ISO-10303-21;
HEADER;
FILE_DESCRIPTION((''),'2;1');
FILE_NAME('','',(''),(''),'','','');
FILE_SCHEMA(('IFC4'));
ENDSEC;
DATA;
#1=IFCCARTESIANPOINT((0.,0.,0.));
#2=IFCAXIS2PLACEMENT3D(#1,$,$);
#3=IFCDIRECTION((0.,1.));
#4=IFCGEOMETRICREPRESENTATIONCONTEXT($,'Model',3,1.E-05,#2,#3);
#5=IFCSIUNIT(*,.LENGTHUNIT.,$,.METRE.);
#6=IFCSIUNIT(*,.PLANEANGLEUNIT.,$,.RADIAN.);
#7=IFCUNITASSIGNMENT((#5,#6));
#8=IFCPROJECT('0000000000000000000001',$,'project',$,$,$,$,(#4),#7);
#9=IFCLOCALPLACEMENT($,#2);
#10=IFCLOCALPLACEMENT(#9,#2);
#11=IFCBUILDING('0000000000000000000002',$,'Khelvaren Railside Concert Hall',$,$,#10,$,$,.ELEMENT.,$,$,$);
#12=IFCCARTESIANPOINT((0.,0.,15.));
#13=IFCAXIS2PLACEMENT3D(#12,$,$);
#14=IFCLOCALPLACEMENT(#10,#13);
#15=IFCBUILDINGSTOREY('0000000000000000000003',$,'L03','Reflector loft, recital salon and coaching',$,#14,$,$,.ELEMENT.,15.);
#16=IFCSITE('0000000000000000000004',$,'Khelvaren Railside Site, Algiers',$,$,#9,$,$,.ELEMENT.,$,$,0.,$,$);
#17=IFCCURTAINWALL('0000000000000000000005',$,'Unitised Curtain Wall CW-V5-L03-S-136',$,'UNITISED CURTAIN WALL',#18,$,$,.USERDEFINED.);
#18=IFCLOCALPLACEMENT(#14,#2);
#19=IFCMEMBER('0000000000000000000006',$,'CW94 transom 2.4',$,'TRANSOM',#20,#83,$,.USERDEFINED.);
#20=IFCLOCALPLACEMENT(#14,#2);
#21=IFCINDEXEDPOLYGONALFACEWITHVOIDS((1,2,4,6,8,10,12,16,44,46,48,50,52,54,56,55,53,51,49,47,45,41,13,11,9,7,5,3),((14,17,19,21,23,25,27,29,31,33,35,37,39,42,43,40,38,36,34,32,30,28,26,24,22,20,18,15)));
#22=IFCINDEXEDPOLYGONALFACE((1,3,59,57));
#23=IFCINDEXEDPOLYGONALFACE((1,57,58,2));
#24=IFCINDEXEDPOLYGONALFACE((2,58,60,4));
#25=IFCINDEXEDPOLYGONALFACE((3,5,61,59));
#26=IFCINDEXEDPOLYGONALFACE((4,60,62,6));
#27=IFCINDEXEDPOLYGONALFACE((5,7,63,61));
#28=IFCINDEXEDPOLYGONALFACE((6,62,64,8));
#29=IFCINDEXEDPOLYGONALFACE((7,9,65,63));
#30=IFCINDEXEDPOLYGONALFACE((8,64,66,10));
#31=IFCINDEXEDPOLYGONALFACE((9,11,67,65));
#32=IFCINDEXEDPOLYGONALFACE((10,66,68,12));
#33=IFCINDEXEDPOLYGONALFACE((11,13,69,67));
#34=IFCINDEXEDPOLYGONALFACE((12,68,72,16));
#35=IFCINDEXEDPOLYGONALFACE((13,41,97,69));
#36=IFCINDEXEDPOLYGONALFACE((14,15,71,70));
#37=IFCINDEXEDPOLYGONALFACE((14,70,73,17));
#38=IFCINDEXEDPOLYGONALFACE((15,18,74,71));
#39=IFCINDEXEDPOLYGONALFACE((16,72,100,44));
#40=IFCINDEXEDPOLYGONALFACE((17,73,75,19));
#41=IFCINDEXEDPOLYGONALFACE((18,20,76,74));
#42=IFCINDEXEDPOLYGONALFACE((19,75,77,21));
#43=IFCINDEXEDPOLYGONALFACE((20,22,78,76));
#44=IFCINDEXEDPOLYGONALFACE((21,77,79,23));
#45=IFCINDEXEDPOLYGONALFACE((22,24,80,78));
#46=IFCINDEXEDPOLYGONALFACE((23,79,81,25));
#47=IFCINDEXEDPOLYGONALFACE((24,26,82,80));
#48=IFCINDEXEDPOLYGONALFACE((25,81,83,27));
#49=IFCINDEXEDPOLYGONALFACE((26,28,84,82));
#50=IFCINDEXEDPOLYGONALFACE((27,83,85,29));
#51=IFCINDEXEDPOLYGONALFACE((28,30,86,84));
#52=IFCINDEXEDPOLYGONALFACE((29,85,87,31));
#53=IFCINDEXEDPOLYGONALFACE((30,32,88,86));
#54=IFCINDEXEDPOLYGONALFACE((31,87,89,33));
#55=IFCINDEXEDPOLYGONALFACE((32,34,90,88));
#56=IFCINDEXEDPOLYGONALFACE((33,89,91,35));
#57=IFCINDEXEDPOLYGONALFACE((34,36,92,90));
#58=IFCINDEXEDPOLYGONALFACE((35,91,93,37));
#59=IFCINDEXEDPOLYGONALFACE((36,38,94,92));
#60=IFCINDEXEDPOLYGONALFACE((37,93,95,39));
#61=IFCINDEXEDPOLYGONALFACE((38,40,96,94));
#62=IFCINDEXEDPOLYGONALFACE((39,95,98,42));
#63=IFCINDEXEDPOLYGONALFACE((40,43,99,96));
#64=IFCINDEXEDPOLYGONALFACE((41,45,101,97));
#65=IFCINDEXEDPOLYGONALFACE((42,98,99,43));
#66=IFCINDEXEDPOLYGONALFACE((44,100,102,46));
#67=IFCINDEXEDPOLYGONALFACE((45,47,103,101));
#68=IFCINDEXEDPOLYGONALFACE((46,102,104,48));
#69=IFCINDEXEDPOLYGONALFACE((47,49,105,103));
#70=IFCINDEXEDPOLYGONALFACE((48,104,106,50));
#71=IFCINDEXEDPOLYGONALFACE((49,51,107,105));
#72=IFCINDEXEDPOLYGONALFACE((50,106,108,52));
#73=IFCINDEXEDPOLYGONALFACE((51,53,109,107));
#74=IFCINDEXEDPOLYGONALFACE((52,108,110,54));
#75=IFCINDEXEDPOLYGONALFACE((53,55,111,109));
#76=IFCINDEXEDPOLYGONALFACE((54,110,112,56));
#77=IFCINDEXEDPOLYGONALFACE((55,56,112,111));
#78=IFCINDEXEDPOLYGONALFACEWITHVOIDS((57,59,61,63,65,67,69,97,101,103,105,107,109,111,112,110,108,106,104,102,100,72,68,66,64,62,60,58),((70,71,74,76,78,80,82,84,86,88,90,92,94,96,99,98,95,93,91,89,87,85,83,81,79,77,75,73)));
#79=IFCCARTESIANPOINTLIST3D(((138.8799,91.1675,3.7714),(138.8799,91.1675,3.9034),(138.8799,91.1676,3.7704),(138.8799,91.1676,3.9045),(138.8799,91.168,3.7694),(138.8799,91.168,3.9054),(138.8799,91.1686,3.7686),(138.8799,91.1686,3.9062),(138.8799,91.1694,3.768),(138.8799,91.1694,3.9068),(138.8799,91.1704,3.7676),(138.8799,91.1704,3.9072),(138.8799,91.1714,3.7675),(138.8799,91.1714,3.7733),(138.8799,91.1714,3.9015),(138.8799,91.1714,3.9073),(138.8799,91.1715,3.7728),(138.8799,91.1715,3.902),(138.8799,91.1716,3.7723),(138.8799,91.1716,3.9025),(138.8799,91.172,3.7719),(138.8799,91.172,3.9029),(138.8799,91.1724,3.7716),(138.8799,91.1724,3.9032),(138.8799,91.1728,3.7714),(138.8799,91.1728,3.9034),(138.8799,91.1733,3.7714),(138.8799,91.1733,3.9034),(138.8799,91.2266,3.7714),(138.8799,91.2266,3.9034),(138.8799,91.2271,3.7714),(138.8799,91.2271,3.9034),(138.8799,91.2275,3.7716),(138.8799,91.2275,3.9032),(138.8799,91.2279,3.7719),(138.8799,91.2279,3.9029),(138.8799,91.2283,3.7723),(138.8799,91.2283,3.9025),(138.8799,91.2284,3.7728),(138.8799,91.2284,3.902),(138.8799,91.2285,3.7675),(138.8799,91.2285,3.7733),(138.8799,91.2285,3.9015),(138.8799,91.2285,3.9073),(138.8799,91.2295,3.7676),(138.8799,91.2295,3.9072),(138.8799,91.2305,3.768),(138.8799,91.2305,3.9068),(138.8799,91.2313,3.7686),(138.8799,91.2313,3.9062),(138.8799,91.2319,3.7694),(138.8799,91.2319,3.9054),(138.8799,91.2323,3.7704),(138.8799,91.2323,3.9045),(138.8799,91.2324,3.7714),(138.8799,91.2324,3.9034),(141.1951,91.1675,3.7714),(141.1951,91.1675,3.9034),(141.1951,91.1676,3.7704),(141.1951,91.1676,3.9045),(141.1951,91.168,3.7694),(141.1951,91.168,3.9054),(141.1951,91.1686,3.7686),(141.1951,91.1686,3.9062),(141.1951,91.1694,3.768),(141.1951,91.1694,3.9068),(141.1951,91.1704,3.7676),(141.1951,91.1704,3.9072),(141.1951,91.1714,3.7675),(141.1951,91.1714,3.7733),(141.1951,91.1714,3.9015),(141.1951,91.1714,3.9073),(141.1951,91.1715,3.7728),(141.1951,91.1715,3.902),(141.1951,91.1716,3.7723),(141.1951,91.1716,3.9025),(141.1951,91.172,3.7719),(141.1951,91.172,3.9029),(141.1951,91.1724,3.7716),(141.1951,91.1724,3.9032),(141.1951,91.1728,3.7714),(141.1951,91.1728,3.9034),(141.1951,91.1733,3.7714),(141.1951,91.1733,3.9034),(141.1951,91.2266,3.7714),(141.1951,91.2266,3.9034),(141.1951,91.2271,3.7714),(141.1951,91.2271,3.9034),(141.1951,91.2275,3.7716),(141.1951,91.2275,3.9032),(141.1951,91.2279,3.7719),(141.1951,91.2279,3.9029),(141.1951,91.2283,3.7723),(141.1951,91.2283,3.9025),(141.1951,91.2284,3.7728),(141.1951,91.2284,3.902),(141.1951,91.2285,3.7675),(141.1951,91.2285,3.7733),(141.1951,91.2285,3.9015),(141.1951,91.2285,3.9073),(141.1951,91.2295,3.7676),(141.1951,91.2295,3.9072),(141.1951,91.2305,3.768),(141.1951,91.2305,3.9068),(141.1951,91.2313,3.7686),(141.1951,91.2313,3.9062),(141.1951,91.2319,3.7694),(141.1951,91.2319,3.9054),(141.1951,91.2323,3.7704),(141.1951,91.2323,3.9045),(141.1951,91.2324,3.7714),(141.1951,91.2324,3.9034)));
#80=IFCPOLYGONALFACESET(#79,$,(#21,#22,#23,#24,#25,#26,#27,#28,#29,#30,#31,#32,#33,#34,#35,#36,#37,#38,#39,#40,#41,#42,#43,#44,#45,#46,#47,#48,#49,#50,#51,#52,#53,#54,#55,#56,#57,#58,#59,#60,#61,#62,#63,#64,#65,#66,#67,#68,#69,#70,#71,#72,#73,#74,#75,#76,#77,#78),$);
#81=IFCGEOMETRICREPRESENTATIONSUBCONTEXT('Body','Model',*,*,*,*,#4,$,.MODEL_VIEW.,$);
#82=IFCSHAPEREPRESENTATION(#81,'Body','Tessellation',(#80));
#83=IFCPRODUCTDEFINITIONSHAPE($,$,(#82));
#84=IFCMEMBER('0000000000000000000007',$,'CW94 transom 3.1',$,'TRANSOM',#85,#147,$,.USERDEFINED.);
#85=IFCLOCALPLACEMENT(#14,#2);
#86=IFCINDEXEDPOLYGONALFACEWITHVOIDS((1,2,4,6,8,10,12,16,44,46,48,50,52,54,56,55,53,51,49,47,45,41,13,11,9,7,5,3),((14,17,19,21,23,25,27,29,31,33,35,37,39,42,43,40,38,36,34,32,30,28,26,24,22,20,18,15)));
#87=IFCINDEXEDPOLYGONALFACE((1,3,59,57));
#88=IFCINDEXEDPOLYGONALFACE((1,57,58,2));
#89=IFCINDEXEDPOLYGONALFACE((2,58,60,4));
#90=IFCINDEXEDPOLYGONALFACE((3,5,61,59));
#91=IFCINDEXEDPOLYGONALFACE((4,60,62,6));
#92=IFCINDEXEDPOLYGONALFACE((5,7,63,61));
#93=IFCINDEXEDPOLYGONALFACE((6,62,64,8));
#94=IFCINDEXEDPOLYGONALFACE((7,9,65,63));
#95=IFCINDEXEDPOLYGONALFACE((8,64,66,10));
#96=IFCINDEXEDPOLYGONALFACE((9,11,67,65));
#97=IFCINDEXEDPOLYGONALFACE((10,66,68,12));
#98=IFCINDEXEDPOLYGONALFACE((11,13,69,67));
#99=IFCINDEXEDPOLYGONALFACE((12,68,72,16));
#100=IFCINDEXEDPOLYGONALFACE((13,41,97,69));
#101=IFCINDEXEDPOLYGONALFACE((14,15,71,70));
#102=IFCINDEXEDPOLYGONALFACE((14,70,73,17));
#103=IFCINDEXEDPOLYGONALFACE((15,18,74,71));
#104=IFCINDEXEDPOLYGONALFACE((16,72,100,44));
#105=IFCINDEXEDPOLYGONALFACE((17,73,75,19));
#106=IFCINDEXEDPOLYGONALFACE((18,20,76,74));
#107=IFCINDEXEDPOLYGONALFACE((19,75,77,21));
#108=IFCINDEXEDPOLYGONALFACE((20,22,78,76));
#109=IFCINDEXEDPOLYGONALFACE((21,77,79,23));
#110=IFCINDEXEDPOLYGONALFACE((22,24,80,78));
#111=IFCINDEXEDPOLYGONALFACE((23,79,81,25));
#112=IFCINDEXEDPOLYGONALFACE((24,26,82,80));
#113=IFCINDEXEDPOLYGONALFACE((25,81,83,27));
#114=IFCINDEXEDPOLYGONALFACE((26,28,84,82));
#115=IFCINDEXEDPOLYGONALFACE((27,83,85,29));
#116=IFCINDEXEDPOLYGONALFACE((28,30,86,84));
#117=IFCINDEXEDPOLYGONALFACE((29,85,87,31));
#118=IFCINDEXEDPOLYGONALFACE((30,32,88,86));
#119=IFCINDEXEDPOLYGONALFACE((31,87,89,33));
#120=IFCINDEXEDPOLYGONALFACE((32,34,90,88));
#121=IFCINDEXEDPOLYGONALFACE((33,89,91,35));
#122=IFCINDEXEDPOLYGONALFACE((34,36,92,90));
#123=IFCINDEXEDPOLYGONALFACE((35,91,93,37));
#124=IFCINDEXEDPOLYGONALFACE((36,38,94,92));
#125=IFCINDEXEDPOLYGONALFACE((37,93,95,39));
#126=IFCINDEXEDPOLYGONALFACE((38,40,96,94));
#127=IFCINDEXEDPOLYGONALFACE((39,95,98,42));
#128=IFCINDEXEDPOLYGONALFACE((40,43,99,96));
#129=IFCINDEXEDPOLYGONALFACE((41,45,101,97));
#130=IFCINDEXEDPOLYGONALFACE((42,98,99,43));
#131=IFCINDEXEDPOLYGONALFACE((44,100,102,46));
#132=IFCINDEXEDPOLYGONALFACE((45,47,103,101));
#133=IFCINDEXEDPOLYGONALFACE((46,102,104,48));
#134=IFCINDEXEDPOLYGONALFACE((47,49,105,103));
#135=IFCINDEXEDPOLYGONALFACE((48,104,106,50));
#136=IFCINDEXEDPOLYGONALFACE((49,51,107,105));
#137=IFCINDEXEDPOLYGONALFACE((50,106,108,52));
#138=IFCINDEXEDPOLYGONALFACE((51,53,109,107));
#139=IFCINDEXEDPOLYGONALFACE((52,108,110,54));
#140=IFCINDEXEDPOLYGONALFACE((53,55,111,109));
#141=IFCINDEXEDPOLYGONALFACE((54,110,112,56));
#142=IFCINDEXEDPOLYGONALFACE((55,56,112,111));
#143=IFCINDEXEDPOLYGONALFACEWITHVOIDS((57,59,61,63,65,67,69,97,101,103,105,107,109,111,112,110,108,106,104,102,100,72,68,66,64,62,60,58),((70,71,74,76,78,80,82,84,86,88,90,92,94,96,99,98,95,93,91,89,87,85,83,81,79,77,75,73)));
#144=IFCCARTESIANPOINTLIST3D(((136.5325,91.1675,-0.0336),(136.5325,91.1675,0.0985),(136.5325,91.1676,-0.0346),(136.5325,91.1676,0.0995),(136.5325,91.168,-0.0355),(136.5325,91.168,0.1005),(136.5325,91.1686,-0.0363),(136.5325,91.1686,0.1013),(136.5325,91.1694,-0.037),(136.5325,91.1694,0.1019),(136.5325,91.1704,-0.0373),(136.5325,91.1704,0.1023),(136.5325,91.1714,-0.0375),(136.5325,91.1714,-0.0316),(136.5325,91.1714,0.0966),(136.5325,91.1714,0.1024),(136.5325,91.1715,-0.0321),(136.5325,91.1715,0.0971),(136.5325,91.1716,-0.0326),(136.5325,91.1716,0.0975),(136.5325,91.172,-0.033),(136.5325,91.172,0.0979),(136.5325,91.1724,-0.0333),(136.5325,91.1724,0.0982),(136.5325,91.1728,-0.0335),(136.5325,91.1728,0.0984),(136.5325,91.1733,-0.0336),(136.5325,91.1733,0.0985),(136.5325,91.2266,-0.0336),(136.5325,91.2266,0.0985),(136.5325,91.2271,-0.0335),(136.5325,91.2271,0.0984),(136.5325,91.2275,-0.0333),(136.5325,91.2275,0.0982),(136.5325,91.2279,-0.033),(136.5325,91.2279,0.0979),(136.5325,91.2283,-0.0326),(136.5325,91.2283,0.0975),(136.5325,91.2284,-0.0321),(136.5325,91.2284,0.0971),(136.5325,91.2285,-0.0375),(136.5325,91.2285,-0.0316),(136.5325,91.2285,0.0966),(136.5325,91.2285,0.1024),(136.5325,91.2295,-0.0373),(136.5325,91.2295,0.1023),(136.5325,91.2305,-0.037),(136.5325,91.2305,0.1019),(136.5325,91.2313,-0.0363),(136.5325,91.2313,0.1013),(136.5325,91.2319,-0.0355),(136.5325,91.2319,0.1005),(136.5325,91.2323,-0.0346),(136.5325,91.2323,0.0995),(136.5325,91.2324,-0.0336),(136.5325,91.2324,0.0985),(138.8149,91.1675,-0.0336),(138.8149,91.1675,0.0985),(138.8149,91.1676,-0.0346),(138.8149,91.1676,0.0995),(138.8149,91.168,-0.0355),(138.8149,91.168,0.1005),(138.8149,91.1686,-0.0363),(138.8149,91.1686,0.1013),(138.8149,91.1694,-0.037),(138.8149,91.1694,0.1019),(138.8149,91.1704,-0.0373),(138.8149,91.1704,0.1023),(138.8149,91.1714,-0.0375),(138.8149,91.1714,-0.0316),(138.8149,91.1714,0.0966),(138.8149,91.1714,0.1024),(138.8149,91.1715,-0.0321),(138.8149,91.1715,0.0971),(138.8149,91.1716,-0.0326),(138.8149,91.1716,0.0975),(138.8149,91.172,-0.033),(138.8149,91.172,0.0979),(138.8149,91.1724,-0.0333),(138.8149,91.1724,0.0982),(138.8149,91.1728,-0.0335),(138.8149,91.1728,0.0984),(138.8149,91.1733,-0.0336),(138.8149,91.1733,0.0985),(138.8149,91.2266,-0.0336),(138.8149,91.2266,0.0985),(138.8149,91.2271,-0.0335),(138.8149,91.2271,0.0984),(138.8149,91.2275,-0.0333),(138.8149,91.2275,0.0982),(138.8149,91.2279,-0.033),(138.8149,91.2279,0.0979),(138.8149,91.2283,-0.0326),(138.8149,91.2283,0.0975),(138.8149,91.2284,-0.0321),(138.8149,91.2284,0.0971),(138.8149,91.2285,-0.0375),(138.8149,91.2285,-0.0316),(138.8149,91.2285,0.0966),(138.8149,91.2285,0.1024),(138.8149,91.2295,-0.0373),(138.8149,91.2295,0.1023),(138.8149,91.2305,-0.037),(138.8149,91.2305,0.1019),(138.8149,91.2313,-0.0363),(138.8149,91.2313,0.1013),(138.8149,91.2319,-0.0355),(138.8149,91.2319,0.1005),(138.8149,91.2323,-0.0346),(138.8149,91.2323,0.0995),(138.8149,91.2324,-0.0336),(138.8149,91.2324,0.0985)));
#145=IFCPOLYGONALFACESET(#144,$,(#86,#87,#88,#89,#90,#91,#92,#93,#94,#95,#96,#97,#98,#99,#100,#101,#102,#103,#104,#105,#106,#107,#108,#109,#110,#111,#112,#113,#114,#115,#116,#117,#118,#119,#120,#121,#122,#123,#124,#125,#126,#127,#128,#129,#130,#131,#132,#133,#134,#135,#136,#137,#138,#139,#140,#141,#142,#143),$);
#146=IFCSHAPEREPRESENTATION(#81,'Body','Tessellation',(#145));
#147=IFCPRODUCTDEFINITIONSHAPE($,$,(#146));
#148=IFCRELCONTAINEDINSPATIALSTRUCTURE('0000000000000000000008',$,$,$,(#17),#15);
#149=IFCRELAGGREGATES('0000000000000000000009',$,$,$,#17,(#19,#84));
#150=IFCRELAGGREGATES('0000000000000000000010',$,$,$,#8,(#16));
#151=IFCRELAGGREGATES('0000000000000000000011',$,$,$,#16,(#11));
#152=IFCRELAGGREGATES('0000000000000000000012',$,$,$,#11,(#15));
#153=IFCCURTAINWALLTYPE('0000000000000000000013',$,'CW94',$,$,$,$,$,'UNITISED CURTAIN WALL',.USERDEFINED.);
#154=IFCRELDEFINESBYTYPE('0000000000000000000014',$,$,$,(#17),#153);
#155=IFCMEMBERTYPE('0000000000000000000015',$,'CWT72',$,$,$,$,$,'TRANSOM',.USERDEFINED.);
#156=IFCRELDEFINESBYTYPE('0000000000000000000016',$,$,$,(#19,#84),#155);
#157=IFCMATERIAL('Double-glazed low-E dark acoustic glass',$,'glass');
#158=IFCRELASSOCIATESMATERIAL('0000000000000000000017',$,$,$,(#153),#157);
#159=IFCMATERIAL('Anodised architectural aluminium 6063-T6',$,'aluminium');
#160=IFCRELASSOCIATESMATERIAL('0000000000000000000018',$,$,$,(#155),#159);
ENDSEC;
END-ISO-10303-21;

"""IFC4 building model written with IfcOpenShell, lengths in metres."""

from ifc_helpers import new_model, si_unit, direction, frame, origin, origin_2d, place, context, subcontext, project, spatial, hollow_rectangle, extrude, material, material_profile, profile_set, type_object, element, aggregate, save


model = new_model("IFC4")

# Units and contexts
model_context = context("Model", 3, precision=1e-05, world=origin(), true_north=direction((0.0, 1.0)))
body_context = subcontext(model_context, "Body", "Model", "MODEL_VIEW")
ifc_project = project(units=[si_unit("LENGTHUNIT", "METRE"), si_unit("PLANEANGLEUNIT", "RADIAN")], contexts=[model_context])

# Site, building, storey
site_placement = place(None, origin())
site = spatial("IfcSite", under=ifc_project, at=site_placement, Name="Khelvaren Railside Site, Algiers", CompositionType="ELEMENT", RefElevation=0.0)
building_placement = place(site_placement, origin())
building = spatial("IfcBuilding", under=site, at=building_placement, Name="Khelvaren Railside Concert Hall", CompositionType="ELEMENT")
storey_placement = place(building_placement, frame((0.0, 0.0, 15.0)))
storey = spatial("IfcBuildingStorey", under=building, at=storey_placement, Name="L03", Description="Reflector loft, recital salon and coaching", CompositionType="ELEMENT", Elevation=15.0)

# Curtain wall, members
ifc_material_1 = material(Name="Double-glazed low-E dark acoustic glass", Category="glass")
curtain_wall_type = type_object("IfcCurtainWallType", Name="CW94", ElementType="UNITISED CURTAIN WALL", PredefinedType="USERDEFINED", material=ifc_material_1)
curtain_wall_placement = place(storey_placement, origin())
curtain_wall = element("IfcCurtainWall", 1, at=curtain_wall_placement, inside=storey, type_object=curtain_wall_type, Name="Unitised Curtain Wall CW-V5-L03-S-136", ObjectType="UNITISED CURTAIN WALL", PredefinedType="USERDEFINED")
ifc_material_2 = material(Name="Anodised architectural aluminium 6063-T6", Category="aluminium")
ifc_material_profile_1 = material_profile(ifc_material_2, hollow_rectangle(XDim=0.0649, YDim=0.1399, WallThickness=0.0039, InnerFilletRadius=0.002, OuterFilletRadius=0.0039, at=origin_2d()), Name="CWT 65x140x4")
ifc_profile_set_1 = profile_set([ifc_material_profile_1], Name="Anodised architectural aluminium 6063-T6")
member_type_1 = type_object("IfcMemberType", Name="CWT72", ElementType="TRANSOM", PredefinedType="USERDEFINED", material=ifc_profile_set_1)
member_1_placement = place(storey_placement, frame((141.1951, 91.2, 3.8374), z_axis=(-1.0, 0.0, 0.0), x_axis=(0.0, -1.0, 0.0)))
member_1 = element("IfcMember", 2, at=member_1_placement, type_object=member_type_1, Name="CW94 transom 2.4", ObjectType="TRANSOM", PredefinedType="USERDEFINED", context=body_context, shape_type="SweptSolid", body=[
    extrude(hollow_rectangle(XDim=0.0649, YDim=0.1399, WallThickness=0.0039, InnerFilletRadius=0.002, OuterFilletRadius=0.0039, at=origin_2d()), origin(), (0.0, 0.0, 1.0), 2.3152),
])
member_2_placement = place(storey_placement, frame((138.8149, 91.2, 0.0325), z_axis=(-1.0, 0.0, 0.0), x_axis=(0.0, -1.0, 0.0)))
member_2 = element("IfcMember", 3, at=member_2_placement, type_object=member_type_1, Name="CW94 transom 3.1", ObjectType="TRANSOM", PredefinedType="USERDEFINED", context=body_context, shape_type="SweptSolid", body=[
    extrude(hollow_rectangle(XDim=0.0649, YDim=0.1399, WallThickness=0.0039, InnerFilletRadius=0.002, OuterFilletRadius=0.0039, at=origin_2d()), origin(), (0.0, 0.0, 1.0), 2.2825),
])

aggregate(curtain_wall, [member_1, member_2])

save(model, "model.ifc")
